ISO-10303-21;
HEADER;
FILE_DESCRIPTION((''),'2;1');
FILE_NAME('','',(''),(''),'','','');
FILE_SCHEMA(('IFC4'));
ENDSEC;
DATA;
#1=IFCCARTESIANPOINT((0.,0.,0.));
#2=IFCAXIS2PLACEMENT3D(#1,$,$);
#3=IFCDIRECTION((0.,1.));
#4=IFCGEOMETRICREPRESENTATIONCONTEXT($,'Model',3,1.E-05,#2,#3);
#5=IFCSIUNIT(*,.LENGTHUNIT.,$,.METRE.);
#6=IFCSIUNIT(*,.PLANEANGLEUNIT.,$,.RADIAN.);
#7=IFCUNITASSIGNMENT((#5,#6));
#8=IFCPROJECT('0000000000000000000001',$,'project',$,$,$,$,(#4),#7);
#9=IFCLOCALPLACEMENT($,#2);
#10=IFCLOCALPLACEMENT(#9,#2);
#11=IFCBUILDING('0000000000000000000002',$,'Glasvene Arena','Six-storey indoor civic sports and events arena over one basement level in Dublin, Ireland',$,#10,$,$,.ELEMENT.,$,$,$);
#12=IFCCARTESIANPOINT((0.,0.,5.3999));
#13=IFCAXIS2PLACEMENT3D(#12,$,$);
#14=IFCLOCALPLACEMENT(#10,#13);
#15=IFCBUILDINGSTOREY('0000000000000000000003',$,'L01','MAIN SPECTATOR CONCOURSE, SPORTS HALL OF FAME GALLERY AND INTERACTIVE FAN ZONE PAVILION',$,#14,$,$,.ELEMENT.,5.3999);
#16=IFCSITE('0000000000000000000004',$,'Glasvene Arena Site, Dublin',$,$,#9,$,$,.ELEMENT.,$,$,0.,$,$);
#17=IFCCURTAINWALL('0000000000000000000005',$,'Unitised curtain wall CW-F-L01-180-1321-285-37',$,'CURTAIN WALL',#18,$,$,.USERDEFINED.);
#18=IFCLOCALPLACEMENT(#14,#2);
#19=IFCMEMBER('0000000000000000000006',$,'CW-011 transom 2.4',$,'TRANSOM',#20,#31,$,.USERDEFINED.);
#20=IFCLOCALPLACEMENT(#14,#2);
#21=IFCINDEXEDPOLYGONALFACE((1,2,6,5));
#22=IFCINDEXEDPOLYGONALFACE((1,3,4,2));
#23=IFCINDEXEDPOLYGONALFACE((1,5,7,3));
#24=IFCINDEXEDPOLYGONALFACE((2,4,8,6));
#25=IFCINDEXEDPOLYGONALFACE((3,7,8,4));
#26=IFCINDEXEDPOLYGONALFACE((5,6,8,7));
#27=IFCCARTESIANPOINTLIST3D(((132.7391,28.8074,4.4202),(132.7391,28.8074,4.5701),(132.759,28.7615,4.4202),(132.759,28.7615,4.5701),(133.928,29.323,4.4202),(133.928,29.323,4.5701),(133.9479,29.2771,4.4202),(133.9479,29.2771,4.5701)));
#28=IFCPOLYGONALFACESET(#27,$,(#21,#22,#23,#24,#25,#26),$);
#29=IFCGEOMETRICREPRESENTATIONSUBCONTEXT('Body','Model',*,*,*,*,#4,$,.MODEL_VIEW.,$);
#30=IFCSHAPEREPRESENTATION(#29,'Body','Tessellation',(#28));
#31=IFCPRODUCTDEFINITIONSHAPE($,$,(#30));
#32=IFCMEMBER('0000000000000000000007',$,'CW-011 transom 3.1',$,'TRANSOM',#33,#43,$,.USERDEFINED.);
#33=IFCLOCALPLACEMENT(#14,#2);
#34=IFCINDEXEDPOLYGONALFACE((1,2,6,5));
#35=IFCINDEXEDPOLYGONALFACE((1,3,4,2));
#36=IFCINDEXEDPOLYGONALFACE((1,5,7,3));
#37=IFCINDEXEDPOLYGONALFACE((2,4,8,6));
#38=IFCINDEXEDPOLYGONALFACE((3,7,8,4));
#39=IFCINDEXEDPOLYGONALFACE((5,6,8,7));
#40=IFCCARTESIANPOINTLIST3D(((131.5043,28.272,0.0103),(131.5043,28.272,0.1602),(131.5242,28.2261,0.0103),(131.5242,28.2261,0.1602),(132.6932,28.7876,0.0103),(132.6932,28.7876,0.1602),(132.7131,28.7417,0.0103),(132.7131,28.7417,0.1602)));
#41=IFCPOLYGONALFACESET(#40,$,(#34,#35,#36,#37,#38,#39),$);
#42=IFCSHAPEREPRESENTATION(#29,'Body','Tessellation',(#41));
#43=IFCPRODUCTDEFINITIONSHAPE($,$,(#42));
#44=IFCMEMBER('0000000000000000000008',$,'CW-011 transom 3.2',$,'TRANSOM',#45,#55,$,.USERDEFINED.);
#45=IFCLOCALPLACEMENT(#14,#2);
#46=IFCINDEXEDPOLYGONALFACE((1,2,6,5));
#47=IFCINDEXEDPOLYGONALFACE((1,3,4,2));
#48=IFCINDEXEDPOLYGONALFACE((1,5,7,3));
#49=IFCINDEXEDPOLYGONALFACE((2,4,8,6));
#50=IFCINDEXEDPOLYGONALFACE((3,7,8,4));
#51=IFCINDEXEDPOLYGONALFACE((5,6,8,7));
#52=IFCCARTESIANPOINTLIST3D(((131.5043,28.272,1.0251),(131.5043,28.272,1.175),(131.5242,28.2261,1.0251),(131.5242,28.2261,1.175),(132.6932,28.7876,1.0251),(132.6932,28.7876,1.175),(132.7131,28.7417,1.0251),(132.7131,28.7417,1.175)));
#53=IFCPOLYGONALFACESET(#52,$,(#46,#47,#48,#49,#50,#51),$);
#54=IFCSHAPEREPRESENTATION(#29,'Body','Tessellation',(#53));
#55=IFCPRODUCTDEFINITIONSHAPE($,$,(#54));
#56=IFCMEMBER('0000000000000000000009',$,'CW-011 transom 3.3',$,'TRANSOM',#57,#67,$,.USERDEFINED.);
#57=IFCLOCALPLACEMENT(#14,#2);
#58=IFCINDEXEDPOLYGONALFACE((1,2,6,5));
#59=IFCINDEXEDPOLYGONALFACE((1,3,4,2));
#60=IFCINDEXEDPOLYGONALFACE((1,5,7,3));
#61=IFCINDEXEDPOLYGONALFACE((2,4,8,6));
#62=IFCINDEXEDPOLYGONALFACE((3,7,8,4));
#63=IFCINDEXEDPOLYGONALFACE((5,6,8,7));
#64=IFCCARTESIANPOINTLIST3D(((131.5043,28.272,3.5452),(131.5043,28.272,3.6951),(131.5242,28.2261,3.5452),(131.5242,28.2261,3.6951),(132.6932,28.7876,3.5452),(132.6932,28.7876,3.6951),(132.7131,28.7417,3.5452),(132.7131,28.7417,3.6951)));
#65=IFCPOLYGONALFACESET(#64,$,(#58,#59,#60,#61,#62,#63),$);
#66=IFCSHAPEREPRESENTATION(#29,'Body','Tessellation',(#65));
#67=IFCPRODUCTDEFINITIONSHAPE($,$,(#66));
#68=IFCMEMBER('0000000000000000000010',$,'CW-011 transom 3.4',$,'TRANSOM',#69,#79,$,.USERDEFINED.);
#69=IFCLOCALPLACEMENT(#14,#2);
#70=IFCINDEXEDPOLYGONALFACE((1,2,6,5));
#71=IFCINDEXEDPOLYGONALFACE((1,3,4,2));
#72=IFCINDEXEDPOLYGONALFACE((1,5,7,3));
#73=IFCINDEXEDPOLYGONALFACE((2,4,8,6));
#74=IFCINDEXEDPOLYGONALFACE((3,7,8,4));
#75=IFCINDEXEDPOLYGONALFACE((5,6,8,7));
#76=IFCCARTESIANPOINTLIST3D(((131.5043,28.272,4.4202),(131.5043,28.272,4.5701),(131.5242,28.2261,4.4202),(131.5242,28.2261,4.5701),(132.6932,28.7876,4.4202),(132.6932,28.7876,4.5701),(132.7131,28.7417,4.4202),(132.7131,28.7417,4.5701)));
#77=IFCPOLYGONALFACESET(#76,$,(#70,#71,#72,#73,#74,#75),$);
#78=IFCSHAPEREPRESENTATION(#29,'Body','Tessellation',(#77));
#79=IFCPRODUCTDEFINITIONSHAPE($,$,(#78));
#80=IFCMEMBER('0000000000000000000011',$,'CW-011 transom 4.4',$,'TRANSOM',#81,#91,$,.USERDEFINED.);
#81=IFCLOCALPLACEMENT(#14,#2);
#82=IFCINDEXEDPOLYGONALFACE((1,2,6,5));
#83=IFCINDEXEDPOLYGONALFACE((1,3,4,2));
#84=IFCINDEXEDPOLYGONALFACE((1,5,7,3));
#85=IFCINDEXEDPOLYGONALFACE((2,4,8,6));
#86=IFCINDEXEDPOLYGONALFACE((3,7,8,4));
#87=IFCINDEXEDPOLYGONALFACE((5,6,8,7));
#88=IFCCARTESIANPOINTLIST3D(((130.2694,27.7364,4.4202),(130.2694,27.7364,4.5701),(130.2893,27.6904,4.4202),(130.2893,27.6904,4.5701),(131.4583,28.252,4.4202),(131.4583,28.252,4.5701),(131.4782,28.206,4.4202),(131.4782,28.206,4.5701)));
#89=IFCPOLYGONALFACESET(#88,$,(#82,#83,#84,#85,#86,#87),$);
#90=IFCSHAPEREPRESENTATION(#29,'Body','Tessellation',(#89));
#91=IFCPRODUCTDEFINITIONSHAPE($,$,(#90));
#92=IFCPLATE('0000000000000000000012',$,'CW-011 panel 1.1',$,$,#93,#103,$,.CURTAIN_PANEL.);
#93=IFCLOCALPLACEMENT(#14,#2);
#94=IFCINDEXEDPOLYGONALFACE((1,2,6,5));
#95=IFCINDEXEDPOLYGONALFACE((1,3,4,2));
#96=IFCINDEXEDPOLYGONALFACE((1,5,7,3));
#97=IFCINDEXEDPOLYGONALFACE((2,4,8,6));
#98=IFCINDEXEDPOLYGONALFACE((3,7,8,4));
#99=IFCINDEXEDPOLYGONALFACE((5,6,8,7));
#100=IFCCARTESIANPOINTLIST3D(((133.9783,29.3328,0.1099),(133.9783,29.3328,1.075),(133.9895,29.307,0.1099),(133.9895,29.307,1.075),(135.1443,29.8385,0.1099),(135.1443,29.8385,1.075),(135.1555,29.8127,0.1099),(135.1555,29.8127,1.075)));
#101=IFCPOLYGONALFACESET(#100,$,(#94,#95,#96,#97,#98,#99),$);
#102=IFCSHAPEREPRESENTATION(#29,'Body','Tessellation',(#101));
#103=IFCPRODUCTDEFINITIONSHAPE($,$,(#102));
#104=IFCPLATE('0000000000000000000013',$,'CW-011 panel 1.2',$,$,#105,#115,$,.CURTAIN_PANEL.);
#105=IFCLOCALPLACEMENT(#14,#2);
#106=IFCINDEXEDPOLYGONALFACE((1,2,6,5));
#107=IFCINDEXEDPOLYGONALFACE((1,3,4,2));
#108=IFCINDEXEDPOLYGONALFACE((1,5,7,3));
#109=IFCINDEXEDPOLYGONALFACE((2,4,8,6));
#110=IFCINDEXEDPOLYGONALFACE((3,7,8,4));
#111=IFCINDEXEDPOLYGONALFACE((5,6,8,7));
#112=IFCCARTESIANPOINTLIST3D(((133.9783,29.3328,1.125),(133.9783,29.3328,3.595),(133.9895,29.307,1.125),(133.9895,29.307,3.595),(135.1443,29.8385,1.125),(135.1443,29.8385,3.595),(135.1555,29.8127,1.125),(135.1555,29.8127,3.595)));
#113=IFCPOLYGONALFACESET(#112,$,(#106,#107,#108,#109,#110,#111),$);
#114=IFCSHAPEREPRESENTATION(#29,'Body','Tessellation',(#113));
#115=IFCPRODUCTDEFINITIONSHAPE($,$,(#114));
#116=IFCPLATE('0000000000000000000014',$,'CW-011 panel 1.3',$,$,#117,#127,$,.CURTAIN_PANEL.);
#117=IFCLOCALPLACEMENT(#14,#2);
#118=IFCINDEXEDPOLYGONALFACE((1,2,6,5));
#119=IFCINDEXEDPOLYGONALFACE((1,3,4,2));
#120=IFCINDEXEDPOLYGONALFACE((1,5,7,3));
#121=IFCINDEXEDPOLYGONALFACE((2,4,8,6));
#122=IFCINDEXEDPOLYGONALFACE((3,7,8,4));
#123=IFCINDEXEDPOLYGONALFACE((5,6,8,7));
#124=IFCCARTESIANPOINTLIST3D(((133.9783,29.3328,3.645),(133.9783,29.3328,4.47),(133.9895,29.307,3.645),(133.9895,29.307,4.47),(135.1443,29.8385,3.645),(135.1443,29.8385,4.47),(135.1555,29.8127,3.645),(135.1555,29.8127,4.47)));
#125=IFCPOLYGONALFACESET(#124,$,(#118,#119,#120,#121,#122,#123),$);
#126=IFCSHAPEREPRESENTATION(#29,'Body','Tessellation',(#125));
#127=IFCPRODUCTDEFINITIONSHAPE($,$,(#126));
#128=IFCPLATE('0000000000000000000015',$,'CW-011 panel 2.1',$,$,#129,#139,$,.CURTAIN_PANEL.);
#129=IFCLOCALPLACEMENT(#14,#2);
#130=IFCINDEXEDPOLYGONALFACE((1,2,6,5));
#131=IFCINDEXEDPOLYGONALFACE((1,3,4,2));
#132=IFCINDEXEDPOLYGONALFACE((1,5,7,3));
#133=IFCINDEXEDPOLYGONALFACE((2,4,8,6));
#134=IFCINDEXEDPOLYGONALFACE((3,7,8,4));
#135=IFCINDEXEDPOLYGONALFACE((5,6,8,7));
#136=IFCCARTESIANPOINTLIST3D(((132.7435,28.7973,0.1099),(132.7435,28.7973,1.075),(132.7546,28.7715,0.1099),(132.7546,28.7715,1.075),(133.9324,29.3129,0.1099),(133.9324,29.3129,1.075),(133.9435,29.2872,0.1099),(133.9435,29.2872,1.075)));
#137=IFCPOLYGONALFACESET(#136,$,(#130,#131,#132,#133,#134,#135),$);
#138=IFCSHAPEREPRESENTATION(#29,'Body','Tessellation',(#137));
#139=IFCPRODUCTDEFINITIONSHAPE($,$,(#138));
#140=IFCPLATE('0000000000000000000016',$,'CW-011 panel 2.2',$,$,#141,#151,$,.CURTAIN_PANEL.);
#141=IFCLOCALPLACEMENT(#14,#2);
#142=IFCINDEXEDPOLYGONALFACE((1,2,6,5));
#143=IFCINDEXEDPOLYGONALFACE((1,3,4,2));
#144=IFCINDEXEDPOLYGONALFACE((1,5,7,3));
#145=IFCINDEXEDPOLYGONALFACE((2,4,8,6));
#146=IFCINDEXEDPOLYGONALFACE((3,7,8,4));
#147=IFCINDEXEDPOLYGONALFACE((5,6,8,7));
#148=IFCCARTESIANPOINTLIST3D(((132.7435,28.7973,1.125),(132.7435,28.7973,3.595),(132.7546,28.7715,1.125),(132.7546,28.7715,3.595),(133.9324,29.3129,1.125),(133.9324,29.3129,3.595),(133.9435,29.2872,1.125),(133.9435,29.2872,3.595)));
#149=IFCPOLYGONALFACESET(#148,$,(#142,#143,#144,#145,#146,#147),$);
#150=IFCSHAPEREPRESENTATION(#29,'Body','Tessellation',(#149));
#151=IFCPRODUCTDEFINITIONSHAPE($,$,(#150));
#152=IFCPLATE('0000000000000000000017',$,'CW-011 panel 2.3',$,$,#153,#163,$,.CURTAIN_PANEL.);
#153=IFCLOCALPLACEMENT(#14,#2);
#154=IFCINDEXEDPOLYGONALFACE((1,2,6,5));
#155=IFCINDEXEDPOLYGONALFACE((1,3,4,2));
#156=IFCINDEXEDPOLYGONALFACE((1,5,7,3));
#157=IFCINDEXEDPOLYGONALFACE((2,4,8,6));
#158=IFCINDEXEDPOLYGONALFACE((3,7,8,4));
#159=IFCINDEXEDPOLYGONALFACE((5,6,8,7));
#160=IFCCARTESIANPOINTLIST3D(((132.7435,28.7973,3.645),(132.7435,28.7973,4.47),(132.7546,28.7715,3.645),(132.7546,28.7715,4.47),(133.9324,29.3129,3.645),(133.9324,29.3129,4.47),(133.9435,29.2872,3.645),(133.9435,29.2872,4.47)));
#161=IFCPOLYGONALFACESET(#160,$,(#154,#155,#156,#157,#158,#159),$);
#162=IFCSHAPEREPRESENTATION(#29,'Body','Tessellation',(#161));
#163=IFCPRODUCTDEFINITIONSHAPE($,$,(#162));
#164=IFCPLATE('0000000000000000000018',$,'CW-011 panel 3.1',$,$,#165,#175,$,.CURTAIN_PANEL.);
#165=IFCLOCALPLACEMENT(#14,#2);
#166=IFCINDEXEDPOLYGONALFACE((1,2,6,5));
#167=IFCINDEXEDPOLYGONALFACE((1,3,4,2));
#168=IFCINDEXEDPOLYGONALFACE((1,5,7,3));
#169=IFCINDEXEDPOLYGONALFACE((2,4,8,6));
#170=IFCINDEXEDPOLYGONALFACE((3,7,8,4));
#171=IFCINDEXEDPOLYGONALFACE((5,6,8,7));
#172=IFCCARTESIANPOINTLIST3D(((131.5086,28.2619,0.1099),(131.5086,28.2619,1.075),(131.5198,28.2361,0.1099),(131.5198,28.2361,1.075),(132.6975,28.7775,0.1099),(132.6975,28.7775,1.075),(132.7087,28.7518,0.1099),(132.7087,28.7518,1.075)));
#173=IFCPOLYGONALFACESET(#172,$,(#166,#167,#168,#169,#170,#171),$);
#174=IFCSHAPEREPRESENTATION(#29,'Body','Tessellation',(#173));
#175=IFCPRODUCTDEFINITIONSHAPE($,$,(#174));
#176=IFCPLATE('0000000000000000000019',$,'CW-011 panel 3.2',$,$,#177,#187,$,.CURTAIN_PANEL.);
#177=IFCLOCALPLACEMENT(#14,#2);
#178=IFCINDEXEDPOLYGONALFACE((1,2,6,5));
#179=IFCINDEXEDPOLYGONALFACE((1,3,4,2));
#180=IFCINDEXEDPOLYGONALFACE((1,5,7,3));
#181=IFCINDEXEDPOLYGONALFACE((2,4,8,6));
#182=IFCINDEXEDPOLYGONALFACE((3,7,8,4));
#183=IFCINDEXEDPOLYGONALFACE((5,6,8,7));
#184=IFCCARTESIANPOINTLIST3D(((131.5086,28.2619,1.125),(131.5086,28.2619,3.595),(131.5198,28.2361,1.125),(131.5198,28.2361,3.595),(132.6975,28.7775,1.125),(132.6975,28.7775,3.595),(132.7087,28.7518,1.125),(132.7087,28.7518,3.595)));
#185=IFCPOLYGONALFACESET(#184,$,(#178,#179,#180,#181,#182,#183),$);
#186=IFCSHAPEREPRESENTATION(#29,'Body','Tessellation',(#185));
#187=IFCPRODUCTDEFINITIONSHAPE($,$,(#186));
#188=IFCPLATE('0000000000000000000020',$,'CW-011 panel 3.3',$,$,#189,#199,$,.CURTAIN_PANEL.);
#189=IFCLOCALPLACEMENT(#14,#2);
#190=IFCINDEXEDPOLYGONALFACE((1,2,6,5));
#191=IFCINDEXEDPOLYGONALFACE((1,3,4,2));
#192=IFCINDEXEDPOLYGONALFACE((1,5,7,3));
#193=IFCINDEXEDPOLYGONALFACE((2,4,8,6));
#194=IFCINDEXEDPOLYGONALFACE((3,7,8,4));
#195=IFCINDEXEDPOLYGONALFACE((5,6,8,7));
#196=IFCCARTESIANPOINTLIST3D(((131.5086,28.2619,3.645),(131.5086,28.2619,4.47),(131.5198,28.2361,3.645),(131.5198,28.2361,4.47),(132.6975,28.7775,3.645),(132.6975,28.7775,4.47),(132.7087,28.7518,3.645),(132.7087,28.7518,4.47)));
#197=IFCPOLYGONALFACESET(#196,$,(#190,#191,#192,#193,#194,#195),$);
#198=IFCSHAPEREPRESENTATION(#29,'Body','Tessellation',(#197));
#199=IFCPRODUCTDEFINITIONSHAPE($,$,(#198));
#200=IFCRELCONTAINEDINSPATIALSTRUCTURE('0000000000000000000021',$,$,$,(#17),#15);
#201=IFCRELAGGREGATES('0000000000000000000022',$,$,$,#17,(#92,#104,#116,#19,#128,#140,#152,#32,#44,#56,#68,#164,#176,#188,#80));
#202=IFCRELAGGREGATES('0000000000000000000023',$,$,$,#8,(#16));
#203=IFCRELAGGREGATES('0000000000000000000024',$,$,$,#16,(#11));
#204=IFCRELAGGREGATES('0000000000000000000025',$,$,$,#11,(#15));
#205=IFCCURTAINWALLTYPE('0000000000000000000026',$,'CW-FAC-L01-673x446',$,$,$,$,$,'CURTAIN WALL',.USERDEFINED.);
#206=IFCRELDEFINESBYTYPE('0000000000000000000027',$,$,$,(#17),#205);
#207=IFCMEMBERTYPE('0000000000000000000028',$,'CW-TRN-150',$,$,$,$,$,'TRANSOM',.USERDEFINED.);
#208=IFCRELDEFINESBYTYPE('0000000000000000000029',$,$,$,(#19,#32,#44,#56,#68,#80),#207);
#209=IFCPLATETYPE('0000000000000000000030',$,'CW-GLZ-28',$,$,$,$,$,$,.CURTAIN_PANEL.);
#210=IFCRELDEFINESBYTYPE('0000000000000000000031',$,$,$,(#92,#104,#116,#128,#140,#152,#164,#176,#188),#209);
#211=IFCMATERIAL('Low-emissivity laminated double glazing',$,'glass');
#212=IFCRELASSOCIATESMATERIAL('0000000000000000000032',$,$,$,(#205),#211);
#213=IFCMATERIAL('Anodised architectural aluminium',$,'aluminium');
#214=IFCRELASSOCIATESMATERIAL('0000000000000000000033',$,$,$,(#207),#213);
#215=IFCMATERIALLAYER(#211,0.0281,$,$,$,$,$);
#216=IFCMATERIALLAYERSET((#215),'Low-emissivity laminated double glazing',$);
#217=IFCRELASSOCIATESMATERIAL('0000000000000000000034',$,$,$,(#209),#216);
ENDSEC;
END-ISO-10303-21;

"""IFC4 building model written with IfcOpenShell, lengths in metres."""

from ifc_helpers import new_model, si_unit, direction, frame, origin, origin_2d, place, context, subcontext, project, spatial, rectangle, extrude, material, layer, layer_set, material_profile, profile_set, type_object, element, aggregate, save


model = new_model("IFC4")

# Units and contexts
model_context = context("Model", 3, precision=1e-05, world=origin(), true_north=direction((0.0, 1.0)))
body_context = subcontext(model_context, "Body", "Model", "MODEL_VIEW")
ifc_project = project(units=[si_unit("LENGTHUNIT", "METRE"), si_unit("PLANEANGLEUNIT", "RADIAN")], contexts=[model_context])

# Site, building, storey
site_placement = place(None, origin())
site = spatial("IfcSite", under=ifc_project, at=site_placement, Name="Glasvene Arena Site, Dublin", CompositionType="ELEMENT", RefElevation=0.0)
building_placement = place(site_placement, origin())
building = spatial("IfcBuilding", under=site, at=building_placement, Name="Glasvene Arena", Description="Six-storey indoor civic sports and events arena over one basement level in Dublin, Ireland", CompositionType="ELEMENT")
storey_placement = place(building_placement, frame((0.0, 0.0, 5.3999)))
storey = spatial("IfcBuildingStorey", under=building, at=storey_placement, Name="L01", Description="MAIN SPECTATOR CONCOURSE, SPORTS HALL OF FAME GALLERY AND INTERACTIVE FAN ZONE PAVILION", CompositionType="ELEMENT", Elevation=5.3999)

# Curtain wall, members, plates
ifc_material_1 = material(Name="Low-emissivity laminated double glazing", Category="glass")
curtain_wall_type = type_object("IfcCurtainWallType", Name="CW-FAC-L01-673x446", ElementType="CURTAIN WALL", PredefinedType="USERDEFINED", material=ifc_material_1)
curtain_wall_placement = place(storey_placement, frame((135.1958, 29.8457, 0.0)))
curtain_wall = element("IfcCurtainWall", 1, at=curtain_wall_placement, inside=storey, type_object=curtain_wall_type, Name="Unitised curtain wall CW-F-L01-180-1321-285-37", ObjectType="CURTAIN WALL", PredefinedType="USERDEFINED")
ifc_material_2 = material(Name="Anodised architectural aluminium", Category="aluminium")
ifc_material_profile_1 = material_profile(ifc_material_2, rectangle(XDim=0.05, YDim=0.1499, at=origin_2d()), Name="ALU TRANSOM 50x150")
ifc_profile_set_1 = profile_set([ifc_material_profile_1], Name="Anodised architectural aluminium")
member_type_1 = type_object("IfcMemberType", Name="CW-TRN-150", ElementType="TRANSOM", PredefinedType="USERDEFINED", material=ifc_profile_set_1)
member_1_placement = place(storey_placement, frame((133.938, 29.3, 4.4951), z_axis=(-0.917441, -0.397872, 0.0), x_axis=(0.397872, -0.917441, 0.0)))
member_1 = element("IfcMember", 2, at=member_1_placement, type_object=member_type_1, Name="CW-011 transom 2.4", ObjectType="TRANSOM", PredefinedType="USERDEFINED", context=body_context, shape_type="SweptSolid", body=[
    extrude(rectangle(XDim=0.05, YDim=0.1499, at=origin_2d()), origin(), (0.0, 0.0, 1.0), 1.2959),
])
member_2_placement = place(storey_placement, frame((132.7031, 28.7646, 0.0852), z_axis=(-0.917441, -0.397872, 0.0), x_axis=(0.397872, -0.917441, 0.0)))
member_2 = element("IfcMember", 3, at=member_2_placement, type_object=member_type_1, Name="CW-011 transom 3.1", ObjectType="TRANSOM", PredefinedType="USERDEFINED", context=body_context, shape_type="SweptSolid", body=[
    extrude(rectangle(XDim=0.05, YDim=0.1499, at=origin_2d()), origin(), (0.0, 0.0, 1.0), 1.2959),
])
member_3_placement = place(storey_placement, frame((132.7031, 28.7646, 1.1001), z_axis=(-0.917441, -0.397872, 0.0), x_axis=(0.397872, -0.917441, 0.0)))
member_3 = element("IfcMember", 4, at=member_3_placement, type_object=member_type_1, Name="CW-011 transom 3.2", ObjectType="TRANSOM", PredefinedType="USERDEFINED", context=body_context, shape_type="SweptSolid", body=[
    extrude(rectangle(XDim=0.05, YDim=0.1499, at=origin_2d()), origin(), (0.0, 0.0, 1.0), 1.2959),
])
member_4_placement = place(storey_placement, frame((132.7031, 28.7646, 3.6201), z_axis=(-0.917441, -0.397872, 0.0), x_axis=(0.397872, -0.917441, 0.0)))
member_4 = element("IfcMember", 5, at=member_4_placement, type_object=member_type_1, Name="CW-011 transom 3.3", ObjectType="TRANSOM", PredefinedType="USERDEFINED", context=body_context, shape_type="SweptSolid", body=[
    extrude(rectangle(XDim=0.05, YDim=0.1499, at=origin_2d()), origin(), (0.0, 0.0, 1.0), 1.2959),
])
member_5_placement = place(storey_placement, frame((132.7031, 28.7646, 4.4951), z_axis=(-0.917441, -0.397872, 0.0), x_axis=(0.397872, -0.917441, 0.0)))
member_5 = element("IfcMember", 6, at=member_5_placement, type_object=member_type_1, Name="CW-011 transom 3.4", ObjectType="TRANSOM", PredefinedType="USERDEFINED", context=body_context, shape_type="SweptSolid", body=[
    extrude(rectangle(XDim=0.05, YDim=0.1499, at=origin_2d()), origin(), (0.0, 0.0, 1.0), 1.2959),
])
member_6_placement = place(storey_placement, frame((131.4683, 28.229, 4.4951), z_axis=(-0.917441, -0.397872, 0.0), x_axis=(0.397872, -0.917441, 0.0)))
member_6 = element("IfcMember", 7, at=member_6_placement, type_object=member_type_1, Name="CW-011 transom 4.4", ObjectType="TRANSOM", PredefinedType="USERDEFINED", context=body_context, shape_type="SweptSolid", body=[
    extrude(rectangle(XDim=0.05, YDim=0.1499, at=origin_2d()), origin(), (0.0, 0.0, 1.0), 1.2959),
])
ifc_layer_1 = layer(ifc_material_1, 0.0281)
ifc_layer_set_1 = layer_set([ifc_layer_1], Name="Low-emissivity laminated double glazing")
plate_type = type_object("IfcPlateType", Name="CW-GLZ-28", PredefinedType="CURTAIN_PANEL", material=ifc_layer_set_1)
plate_1_placement = place(storey_placement, frame((134.5669, 29.5728, 0.1099), z_axis=(0.0, 0.0, 1.0), x_axis=(-0.917433, -0.39789, 0.0)))
plate_1 = element("IfcPlate", 8, at=plate_1_placement, type_object=plate_type, Name="CW-011 panel 1.1", PredefinedType="CURTAIN_PANEL", context=body_context, shape_type="SweptSolid", body=[
    extrude(rectangle(XDim=1.271, YDim=0.0281, at=origin_2d()), origin(), (0.0, 0.0, 1.0), 0.9651),
])
plate_2_placement = place(storey_placement, frame((134.5669, 29.5728, 1.125), z_axis=(0.0, 0.0, 1.0), x_axis=(-0.917433, -0.39789, 0.0)))
plate_2 = element("IfcPlate", 9, at=plate_2_placement, type_object=plate_type, Name="CW-011 panel 1.2", PredefinedType="CURTAIN_PANEL", context=body_context, shape_type="SweptSolid", body=[
    extrude(rectangle(XDim=1.271, YDim=0.0281, at=origin_2d()), origin(), (0.0, 0.0, 1.0), 2.47),
])
plate_3_placement = place(storey_placement, frame((134.5669, 29.5728, 3.645), z_axis=(0.0, 0.0, 1.0), x_axis=(-0.917433, -0.39789, 0.0)))
plate_3 = element("IfcPlate", 10, at=plate_3_placement, type_object=plate_type, Name="CW-011 panel 1.3", PredefinedType="CURTAIN_PANEL", context=body_context, shape_type="SweptSolid", body=[
    extrude(rectangle(XDim=1.271, YDim=0.0281, at=origin_2d()), origin(), (0.0, 0.0, 1.0), 0.825),
])
plate_4_placement = place(storey_placement, frame((133.3435, 29.0422, 0.1099), z_axis=(0.0, 0.0, 1.0), x_axis=(-0.917433, -0.39789, 0.0)))
plate_4 = element("IfcPlate", 11, at=plate_4_placement, type_object=plate_type, Name="CW-011 panel 2.1", PredefinedType="CURTAIN_PANEL", context=body_context, shape_type="SweptSolid", body=[
    extrude(rectangle(XDim=1.2959, YDim=0.0281, at=origin_2d()), origin(), (0.0, 0.0, 1.0), 0.9651),
])
plate_5_placement = place(storey_placement, frame((133.3435, 29.0422, 1.125), z_axis=(0.0, 0.0, 1.0), x_axis=(-0.917433, -0.39789, 0.0)))
plate_5 = element("IfcPlate", 12, at=plate_5_placement, type_object=plate_type, Name="CW-011 panel 2.2", PredefinedType="CURTAIN_PANEL", context=body_context, shape_type="SweptSolid", body=[
    extrude(rectangle(XDim=1.2959, YDim=0.0281, at=origin_2d()), origin(), (0.0, 0.0, 1.0), 2.47),
])
plate_6_placement = place(storey_placement, frame((133.3435, 29.0422, 3.645), z_axis=(0.0, 0.0, 1.0), x_axis=(-0.917433, -0.39789, 0.0)))
plate_6 = element("IfcPlate", 13, at=plate_6_placement, type_object=plate_type, Name="CW-011 panel 2.3", PredefinedType="CURTAIN_PANEL", context=body_context, shape_type="SweptSolid", body=[
    extrude(rectangle(XDim=1.2959, YDim=0.0281, at=origin_2d()), origin(), (0.0, 0.0, 1.0), 0.825),
])
plate_7_placement = place(storey_placement, frame((132.1086, 28.5068, 0.1099), z_axis=(0.0, 0.0, 1.0), x_axis=(-0.917433, -0.39789, 0.0)))
plate_7 = element("IfcPlate", 14, at=plate_7_placement, type_object=plate_type, Name="CW-011 panel 3.1", PredefinedType="CURTAIN_PANEL", context=body_context, shape_type="SweptSolid", body=[
    extrude(rectangle(XDim=1.2959, YDim=0.0281, at=origin_2d()), origin(), (0.0, 0.0, 1.0), 0.9651),
])
plate_8_placement = place(storey_placement, frame((132.1086, 28.5068, 1.125), z_axis=(0.0, 0.0, 1.0), x_axis=(-0.917433, -0.39789, 0.0)))
plate_8 = element("IfcPlate", 15, at=plate_8_placement, type_object=plate_type, Name="CW-011 panel 3.2", PredefinedType="CURTAIN_PANEL", context=body_context, shape_type="SweptSolid", body=[
    extrude(rectangle(XDim=1.2959, YDim=0.0281, at=origin_2d()), origin(), (0.0, 0.0, 1.0), 2.47),
])
plate_9_placement = place(storey_placement, frame((132.1086, 28.5068, 3.645), z_axis=(0.0, 0.0, 1.0), x_axis=(-0.917433, -0.39789, 0.0)))
plate_9 = element("IfcPlate", 16, at=plate_9_placement, type_object=plate_type, Name="CW-011 panel 3.3", PredefinedType="CURTAIN_PANEL", context=body_context, shape_type="SweptSolid", body=[
    extrude(rectangle(XDim=1.2959, YDim=0.0281, at=origin_2d()), origin(), (0.0, 0.0, 1.0), 0.825),
])
aggregate(curtain_wall, [plate_1, plate_2, plate_3, member_1, plate_4, plate_5, plate_6, member_2, member_3, member_4, member_5, plate_7, plate_8, plate_9, member_6])

save(model, "model.ifc")
